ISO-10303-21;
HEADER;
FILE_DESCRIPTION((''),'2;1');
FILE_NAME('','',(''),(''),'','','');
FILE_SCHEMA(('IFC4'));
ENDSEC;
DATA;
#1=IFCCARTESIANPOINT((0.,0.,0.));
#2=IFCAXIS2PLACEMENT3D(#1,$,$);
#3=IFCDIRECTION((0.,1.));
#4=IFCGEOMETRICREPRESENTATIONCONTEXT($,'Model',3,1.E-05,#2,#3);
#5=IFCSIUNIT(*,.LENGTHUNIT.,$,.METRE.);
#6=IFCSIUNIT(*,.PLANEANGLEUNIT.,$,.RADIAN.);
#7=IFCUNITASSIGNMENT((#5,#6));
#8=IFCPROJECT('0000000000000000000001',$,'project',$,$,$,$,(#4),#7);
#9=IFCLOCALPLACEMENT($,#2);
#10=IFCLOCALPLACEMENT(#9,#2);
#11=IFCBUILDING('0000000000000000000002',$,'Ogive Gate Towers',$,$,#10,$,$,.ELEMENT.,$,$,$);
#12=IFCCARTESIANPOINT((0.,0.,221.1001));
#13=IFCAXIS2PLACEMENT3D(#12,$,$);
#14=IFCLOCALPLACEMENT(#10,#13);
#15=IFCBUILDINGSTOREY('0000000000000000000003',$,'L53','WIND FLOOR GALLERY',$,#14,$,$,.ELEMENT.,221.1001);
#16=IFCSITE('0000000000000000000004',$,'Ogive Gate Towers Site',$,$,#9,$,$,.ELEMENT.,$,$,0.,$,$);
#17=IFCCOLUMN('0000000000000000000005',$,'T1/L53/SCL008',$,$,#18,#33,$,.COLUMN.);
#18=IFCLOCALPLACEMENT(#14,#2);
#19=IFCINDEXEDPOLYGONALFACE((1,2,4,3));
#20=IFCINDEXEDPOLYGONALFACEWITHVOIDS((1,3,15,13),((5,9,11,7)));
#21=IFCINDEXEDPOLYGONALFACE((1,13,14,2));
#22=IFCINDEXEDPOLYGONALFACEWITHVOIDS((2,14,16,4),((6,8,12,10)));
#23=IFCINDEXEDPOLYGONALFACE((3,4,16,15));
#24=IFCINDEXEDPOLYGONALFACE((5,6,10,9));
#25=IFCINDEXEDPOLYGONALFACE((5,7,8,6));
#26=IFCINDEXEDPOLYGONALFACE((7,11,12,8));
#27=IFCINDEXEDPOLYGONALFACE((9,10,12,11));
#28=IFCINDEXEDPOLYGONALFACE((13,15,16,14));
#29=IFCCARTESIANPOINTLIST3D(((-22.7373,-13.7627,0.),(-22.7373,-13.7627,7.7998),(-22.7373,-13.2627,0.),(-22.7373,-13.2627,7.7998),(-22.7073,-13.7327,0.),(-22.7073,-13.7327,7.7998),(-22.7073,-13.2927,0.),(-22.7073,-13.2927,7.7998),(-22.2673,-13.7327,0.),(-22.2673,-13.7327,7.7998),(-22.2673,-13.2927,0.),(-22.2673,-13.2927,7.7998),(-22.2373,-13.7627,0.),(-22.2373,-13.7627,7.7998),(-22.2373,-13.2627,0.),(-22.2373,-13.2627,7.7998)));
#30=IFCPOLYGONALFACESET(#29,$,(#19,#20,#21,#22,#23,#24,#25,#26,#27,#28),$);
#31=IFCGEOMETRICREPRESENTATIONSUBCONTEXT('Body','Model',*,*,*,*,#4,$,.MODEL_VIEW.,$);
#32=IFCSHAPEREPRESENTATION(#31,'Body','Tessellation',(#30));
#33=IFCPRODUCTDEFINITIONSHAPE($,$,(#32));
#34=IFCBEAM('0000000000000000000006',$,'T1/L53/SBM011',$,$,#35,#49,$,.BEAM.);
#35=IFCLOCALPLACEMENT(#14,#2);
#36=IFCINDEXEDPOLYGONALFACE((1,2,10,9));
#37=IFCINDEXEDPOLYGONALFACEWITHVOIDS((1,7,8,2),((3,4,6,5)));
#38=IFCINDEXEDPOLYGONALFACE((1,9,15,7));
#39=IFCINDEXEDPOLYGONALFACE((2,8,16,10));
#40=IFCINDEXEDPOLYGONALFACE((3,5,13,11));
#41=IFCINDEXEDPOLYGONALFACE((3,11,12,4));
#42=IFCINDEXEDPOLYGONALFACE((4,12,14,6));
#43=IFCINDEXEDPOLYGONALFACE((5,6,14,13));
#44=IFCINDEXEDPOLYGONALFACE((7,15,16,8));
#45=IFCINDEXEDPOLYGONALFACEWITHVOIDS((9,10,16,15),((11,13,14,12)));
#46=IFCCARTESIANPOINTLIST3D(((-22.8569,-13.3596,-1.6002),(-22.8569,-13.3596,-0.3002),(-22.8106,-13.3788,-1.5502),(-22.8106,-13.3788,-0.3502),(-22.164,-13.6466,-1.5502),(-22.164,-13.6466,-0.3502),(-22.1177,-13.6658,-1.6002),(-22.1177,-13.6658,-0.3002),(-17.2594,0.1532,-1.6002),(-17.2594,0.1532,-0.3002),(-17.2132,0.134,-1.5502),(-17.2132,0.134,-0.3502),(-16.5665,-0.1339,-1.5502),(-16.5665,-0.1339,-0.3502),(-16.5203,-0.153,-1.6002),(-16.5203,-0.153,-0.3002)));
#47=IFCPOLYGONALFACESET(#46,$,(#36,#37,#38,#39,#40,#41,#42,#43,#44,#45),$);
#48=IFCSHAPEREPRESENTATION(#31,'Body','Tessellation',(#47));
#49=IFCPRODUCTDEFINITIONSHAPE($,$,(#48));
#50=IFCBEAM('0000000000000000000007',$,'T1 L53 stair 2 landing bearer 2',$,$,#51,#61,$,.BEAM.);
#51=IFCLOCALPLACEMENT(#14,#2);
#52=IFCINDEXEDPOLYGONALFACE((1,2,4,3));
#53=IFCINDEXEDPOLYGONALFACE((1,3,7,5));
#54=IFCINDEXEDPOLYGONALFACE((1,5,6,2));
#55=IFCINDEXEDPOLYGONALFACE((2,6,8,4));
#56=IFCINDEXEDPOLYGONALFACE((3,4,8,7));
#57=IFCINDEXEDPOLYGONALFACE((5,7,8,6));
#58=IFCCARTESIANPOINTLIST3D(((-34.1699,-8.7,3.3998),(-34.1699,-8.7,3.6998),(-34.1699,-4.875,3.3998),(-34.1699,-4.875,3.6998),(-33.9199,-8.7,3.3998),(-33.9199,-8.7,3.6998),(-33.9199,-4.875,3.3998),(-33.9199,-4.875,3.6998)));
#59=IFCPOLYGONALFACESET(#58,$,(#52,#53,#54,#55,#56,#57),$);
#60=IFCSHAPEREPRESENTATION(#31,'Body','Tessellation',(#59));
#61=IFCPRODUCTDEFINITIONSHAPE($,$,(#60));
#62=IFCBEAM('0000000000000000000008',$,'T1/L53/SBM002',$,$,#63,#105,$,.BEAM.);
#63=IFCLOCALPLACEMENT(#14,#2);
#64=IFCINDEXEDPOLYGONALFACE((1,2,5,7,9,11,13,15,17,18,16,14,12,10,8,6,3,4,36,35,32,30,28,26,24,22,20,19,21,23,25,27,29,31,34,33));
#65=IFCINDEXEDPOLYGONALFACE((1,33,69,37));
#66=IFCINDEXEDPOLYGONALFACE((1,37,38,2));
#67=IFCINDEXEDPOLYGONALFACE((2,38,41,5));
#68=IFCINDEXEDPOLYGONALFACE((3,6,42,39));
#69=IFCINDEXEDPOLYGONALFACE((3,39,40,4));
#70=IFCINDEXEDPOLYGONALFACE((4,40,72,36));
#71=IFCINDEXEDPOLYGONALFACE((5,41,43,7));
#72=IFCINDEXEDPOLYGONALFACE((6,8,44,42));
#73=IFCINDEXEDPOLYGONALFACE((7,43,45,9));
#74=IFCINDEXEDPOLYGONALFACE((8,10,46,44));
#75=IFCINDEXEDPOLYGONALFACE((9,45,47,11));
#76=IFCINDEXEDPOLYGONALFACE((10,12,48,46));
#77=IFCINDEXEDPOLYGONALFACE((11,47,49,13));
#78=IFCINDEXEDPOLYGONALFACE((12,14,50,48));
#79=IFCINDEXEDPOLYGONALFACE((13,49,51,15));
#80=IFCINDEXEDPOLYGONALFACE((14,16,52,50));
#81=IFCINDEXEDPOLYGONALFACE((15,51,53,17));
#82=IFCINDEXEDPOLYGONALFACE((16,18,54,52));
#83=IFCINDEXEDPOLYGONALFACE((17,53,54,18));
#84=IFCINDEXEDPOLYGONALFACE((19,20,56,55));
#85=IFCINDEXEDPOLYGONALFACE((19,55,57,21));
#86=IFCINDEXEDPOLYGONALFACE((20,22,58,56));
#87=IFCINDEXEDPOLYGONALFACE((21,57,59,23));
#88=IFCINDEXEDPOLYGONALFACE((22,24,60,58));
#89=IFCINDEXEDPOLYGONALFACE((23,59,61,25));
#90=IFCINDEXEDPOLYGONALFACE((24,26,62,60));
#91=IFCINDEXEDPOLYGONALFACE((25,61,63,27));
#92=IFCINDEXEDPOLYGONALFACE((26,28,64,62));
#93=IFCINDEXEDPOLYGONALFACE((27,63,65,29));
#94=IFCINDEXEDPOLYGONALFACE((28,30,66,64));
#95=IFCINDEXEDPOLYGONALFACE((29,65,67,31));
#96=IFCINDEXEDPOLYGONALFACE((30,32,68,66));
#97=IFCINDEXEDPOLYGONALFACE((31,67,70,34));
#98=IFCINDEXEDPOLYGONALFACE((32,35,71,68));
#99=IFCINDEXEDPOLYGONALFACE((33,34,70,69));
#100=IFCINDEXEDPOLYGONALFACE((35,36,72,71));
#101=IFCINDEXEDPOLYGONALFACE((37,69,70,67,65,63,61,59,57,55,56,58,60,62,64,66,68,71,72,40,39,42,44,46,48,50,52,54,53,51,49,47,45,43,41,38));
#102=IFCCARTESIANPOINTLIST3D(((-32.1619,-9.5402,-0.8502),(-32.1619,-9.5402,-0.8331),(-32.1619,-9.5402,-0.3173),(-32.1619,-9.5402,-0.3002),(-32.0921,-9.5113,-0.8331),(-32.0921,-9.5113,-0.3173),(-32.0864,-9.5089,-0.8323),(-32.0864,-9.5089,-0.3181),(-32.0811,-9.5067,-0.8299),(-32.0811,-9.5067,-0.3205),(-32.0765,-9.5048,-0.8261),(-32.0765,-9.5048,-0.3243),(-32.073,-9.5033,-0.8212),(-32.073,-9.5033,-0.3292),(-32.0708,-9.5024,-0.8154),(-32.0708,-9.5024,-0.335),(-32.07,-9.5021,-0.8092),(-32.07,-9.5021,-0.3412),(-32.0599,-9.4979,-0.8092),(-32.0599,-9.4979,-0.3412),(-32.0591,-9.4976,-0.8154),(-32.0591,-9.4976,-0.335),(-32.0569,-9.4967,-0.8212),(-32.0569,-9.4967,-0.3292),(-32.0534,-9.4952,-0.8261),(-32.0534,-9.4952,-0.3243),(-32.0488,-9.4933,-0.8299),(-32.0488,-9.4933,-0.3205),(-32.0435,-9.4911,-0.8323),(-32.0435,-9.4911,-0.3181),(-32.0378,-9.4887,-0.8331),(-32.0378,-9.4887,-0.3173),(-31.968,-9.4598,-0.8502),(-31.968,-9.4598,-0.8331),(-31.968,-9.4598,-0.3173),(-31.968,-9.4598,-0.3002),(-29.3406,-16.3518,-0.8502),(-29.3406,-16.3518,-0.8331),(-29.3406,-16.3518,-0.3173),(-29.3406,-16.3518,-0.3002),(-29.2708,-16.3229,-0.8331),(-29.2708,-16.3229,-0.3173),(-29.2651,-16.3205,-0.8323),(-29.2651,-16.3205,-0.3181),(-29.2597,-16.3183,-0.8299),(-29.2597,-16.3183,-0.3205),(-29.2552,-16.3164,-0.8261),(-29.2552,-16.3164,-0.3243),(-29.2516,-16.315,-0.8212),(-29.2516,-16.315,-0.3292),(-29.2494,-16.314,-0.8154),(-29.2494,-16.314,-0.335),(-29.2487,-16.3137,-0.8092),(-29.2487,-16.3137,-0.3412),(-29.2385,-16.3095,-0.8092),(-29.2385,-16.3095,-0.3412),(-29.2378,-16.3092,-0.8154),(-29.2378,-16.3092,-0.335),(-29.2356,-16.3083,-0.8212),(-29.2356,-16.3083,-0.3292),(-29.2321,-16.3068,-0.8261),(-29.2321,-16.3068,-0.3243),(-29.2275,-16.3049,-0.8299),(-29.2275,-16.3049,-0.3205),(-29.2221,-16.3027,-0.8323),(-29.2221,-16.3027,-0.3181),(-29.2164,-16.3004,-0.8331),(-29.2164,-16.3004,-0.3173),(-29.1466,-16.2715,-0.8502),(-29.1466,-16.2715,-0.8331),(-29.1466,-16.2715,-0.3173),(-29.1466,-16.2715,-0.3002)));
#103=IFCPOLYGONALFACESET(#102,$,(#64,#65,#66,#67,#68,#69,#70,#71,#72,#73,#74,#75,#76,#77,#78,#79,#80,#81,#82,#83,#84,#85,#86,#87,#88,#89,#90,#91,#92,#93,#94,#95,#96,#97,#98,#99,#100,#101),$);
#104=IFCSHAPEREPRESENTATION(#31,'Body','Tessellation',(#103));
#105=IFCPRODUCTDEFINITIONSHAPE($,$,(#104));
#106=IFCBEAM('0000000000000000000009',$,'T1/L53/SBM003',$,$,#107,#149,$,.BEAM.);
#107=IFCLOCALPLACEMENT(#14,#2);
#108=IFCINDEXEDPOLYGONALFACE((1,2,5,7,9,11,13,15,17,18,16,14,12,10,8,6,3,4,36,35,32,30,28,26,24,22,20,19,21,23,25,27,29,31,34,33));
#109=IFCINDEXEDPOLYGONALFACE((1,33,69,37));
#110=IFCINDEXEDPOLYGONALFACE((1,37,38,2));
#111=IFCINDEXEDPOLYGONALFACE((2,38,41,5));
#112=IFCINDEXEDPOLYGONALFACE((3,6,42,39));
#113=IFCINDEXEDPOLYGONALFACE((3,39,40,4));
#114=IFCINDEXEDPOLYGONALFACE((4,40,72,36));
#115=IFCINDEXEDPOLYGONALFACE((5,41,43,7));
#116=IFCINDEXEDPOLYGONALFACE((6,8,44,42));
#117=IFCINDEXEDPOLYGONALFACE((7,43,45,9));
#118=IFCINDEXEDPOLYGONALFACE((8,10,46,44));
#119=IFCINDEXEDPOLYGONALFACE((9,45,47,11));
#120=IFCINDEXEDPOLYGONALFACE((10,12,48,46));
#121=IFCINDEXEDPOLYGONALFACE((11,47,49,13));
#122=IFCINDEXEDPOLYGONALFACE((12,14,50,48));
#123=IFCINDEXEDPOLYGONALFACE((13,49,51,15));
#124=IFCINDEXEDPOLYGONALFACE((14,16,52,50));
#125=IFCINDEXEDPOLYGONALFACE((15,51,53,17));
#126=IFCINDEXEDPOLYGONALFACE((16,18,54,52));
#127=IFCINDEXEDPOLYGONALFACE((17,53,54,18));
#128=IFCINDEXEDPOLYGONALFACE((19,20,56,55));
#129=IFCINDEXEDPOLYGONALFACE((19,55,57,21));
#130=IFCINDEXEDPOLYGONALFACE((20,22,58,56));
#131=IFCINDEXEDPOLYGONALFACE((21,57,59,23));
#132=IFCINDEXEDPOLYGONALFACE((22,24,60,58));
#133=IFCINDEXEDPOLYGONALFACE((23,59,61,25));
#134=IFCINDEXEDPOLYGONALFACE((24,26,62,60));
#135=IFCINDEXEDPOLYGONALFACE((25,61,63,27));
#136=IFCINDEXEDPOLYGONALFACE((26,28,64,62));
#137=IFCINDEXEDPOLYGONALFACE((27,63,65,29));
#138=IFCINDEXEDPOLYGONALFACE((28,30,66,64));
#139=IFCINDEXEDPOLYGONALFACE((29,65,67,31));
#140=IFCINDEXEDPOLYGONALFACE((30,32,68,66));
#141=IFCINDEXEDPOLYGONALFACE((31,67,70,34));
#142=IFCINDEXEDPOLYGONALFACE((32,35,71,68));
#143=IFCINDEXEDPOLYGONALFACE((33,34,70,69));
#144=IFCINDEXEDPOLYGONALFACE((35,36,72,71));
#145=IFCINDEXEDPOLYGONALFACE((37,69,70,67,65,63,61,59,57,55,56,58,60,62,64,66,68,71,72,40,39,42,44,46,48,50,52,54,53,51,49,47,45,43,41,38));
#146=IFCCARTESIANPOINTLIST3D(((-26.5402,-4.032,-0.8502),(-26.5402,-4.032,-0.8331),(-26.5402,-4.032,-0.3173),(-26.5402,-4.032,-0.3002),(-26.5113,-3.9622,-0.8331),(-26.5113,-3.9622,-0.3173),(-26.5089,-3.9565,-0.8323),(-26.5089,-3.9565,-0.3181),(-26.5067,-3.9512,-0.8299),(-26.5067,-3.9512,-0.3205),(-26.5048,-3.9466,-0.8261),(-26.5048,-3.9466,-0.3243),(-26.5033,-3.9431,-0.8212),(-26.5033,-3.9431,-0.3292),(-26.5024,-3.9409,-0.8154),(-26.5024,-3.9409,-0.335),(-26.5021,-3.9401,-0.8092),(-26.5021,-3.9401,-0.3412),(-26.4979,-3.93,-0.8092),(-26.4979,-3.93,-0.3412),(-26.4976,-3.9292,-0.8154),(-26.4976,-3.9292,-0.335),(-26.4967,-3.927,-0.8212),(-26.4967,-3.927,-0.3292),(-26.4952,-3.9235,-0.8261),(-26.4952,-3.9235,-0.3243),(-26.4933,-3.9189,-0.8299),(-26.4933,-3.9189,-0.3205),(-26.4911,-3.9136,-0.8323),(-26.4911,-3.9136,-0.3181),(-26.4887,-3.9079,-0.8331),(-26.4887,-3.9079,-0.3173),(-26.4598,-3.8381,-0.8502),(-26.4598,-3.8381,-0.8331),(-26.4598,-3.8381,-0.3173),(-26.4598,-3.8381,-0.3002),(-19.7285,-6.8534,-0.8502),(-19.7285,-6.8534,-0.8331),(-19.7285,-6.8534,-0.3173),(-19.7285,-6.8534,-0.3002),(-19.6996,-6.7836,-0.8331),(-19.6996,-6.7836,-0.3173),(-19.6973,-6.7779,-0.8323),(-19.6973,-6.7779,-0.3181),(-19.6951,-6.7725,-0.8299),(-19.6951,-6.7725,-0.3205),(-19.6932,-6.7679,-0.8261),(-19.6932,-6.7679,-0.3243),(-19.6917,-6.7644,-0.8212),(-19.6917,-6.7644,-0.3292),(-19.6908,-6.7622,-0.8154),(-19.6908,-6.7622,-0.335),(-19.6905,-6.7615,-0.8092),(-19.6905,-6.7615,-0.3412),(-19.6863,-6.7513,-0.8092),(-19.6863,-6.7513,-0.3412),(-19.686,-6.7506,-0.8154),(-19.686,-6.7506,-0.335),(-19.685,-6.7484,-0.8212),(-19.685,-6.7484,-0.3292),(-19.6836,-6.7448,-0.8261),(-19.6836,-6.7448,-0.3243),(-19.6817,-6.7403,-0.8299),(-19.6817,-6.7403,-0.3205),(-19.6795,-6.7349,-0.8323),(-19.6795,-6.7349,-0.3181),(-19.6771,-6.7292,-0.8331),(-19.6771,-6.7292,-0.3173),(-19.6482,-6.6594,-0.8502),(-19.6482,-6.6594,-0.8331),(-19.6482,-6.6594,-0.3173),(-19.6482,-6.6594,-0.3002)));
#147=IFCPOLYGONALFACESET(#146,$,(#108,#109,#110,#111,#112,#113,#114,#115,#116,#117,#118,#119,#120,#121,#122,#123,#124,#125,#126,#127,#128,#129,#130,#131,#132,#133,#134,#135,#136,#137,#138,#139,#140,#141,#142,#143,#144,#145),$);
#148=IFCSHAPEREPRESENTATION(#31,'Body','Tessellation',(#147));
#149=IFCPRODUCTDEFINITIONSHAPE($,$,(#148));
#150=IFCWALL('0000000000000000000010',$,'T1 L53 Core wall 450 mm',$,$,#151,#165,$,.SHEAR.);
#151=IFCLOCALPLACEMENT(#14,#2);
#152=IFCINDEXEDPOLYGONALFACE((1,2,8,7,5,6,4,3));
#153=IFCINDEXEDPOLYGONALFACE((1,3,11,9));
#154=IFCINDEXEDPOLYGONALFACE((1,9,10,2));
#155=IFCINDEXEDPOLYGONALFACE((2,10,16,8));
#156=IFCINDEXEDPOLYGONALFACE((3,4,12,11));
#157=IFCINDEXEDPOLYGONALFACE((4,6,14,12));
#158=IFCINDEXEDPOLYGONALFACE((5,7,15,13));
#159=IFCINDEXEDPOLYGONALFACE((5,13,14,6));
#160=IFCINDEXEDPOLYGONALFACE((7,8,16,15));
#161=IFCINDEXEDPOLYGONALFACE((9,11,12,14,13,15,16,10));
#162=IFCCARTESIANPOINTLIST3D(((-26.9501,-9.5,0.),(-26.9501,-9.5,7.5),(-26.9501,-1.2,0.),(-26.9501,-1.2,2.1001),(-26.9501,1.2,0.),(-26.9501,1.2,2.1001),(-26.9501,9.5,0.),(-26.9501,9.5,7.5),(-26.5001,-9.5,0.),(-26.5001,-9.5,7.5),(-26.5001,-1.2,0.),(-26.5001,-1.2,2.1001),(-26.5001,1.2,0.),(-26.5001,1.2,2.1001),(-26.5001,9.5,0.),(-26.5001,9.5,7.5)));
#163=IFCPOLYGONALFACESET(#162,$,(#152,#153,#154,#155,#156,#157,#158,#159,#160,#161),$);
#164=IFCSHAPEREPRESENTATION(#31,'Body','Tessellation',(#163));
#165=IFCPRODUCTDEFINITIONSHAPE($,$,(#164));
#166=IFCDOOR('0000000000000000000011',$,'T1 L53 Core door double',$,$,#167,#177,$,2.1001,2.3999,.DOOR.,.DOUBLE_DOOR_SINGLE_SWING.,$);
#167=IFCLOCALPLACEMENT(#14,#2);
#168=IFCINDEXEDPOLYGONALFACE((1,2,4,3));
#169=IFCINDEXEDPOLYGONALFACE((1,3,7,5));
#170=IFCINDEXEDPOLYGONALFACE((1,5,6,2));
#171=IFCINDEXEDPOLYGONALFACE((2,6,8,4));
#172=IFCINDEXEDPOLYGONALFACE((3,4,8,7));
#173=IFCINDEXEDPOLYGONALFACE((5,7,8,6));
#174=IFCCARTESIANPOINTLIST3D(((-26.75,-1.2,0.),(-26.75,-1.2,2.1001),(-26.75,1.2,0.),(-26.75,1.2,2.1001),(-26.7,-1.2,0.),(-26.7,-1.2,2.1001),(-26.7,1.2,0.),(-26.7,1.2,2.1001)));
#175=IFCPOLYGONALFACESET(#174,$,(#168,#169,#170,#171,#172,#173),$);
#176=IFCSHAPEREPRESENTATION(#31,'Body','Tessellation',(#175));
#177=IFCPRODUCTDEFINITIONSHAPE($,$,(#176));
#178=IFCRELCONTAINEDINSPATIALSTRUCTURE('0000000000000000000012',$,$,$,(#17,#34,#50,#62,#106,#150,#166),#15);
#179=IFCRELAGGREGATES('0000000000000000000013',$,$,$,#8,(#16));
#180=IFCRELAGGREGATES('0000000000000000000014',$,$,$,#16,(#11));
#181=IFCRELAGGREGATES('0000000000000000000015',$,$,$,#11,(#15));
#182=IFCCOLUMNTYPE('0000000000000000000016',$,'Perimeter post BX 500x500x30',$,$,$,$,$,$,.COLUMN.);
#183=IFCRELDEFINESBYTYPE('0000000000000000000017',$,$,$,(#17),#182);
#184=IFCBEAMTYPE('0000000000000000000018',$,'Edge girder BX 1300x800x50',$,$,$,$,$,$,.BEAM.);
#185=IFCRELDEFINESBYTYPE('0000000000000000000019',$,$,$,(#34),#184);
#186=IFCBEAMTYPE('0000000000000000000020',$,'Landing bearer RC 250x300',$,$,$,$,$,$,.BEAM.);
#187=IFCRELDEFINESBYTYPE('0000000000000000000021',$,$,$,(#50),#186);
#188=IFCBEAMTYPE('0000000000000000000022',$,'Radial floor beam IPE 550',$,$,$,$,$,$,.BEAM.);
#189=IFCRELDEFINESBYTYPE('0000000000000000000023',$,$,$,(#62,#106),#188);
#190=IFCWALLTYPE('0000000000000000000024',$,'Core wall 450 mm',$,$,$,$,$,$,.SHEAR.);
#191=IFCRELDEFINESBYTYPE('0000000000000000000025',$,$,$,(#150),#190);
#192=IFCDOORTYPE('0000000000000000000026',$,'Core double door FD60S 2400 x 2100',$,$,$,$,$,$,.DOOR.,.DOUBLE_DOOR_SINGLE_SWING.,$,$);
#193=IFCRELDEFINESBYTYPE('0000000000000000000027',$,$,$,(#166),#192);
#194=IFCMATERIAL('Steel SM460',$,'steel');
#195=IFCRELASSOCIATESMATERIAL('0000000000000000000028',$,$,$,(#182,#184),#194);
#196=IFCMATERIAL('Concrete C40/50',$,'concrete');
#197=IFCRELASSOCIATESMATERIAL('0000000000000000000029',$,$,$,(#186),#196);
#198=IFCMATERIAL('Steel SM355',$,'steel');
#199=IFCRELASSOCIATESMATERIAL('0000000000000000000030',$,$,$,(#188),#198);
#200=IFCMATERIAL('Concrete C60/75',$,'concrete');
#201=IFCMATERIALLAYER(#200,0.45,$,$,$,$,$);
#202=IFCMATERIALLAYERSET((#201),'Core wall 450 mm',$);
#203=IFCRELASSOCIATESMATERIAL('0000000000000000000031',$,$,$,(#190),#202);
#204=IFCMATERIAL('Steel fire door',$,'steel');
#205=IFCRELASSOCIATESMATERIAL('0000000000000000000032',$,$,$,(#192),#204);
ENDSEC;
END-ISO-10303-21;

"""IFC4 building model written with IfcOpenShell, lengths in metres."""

from ifc_helpers import new_model, si_unit, direction, frame, frame_2d, origin, origin_2d, place, context, subcontext, project, spatial, rectangle, hollow_rectangle, i_section, extrude, material, layer, layer_set, material_profile, profile_set, type_object, element, fill, save


model = new_model("IFC4")

# Units and contexts
model_context = context("Model", 3, precision=1e-05, world=origin(), true_north=direction((0.0, 1.0)))
body_context = subcontext(model_context, "Body", "Model", "MODEL_VIEW")
ifc_project = project(units=[si_unit("LENGTHUNIT", "METRE"), si_unit("PLANEANGLEUNIT", "RADIAN")], contexts=[model_context])

# Site, building, storey
site_placement = place(None, origin())
site = spatial("IfcSite", under=ifc_project, at=site_placement, Name="Ogive Gate Towers Site", CompositionType="ELEMENT", RefElevation=0.0)
building_placement = place(site_placement, origin())
building = spatial("IfcBuilding", under=site, at=building_placement, Name="Ogive Gate Towers", CompositionType="ELEMENT")
storey_placement = place(building_placement, frame((0.0, 0.0, 221.1001)))
storey = spatial("IfcBuildingStorey", under=building, at=storey_placement, Name="L53", Description="WIND FLOOR GALLERY", CompositionType="ELEMENT", Elevation=221.1001)

# Column
ifc_material_1 = material(Name="Steel SM460", Category="steel")
ifc_material_profile_1 = material_profile(ifc_material_1, hollow_rectangle(XDim=0.5, YDim=0.5, WallThickness=0.03, at=origin_2d()), Name="BX 500x500x30")
ifc_profile_set_1 = profile_set([ifc_material_profile_1], Name="Steel SM460")
column_type = type_object("IfcColumnType", Name="Perimeter post BX 500x500x30", PredefinedType="COLUMN", material=ifc_profile_set_1)
column_placement = place(storey_placement, frame((-22.4873, -13.5127, 0.0), z_axis=(0.0, 0.0, 1.0), x_axis=(1.0, 0.0, 0.0)))
element("IfcColumn", 1, at=column_placement, inside=storey, type_object=column_type, Name="T1/L53/SCL008", PredefinedType="COLUMN", context=body_context, shape_type="SweptSolid", body=[
    extrude(hollow_rectangle(XDim=0.5, YDim=0.5, WallThickness=0.03, at=origin_2d()), origin(), (0.0, 0.0, 1.0), 7.7998),
])

# Beams
ifc_material_profile_2 = material_profile(ifc_material_1, hollow_rectangle(XDim=0.8, YDim=1.3, WallThickness=0.05, at=origin_2d()), Name="BX 1300x800x50")
ifc_profile_set_2 = profile_set([ifc_material_profile_2], Name="Steel SM460")
beam_type_1 = type_object("IfcBeamType", Name="Edge girder BX 1300x800x50", PredefinedType="BEAM", material=ifc_profile_set_2)
beam_1_placement = place(storey_placement, frame((-22.4873, -13.5127, -0.9502), z_axis=(0.382699, 0.923873, 0.0), x_axis=(-0.923873, 0.382699, 0.0)))
element("IfcBeam", 2, at=beam_1_placement, inside=storey, type_object=beam_type_1, Name="T1/L53/SBM011", PredefinedType="BEAM", context=body_context, shape_type="SweptSolid", body=[
    extrude(hollow_rectangle(XDim=0.8, YDim=1.3, WallThickness=0.05, at=origin_2d()), origin(), (0.0, 0.0, 1.0), 14.6262),
])
ifc_material_2 = material(Name="Concrete C40/50", Category="concrete")
ifc_material_profile_3 = material_profile(ifc_material_2, rectangle(XDim=0.25, YDim=0.3, at=origin_2d()), Name="RC 250x300")
ifc_profile_set_3 = profile_set([ifc_material_profile_3], Name="Concrete C40/50")
beam_type_2 = type_object("IfcBeamType", Name="Landing bearer RC 250x300", PredefinedType="BEAM", material=ifc_profile_set_3)
beam_2_placement = place(storey_placement, frame((-34.0449, -8.7, 3.5498), z_axis=(0.0, 1.0, 0.0), x_axis=(-1.0, 0.0, 0.0)))
element("IfcBeam", 3, at=beam_2_placement, inside=storey, type_object=beam_type_2, Name="T1 L53 stair 2 landing bearer 2", PredefinedType="BEAM", context=body_context, shape_type="SweptSolid", body=[
    extrude(rectangle(XDim=0.25, YDim=0.3, at=origin_2d()), origin(), (0.0, 0.0, 1.0), 3.825),
])
ifc_material_3 = material(Name="Steel SM355", Category="steel")
ifc_material_profile_4 = material_profile(ifc_material_3, i_section(OverallWidth=0.21, OverallDepth=0.55, WebThickness=0.011, FlangeThickness=0.0171, FilletRadius=0.0239, at=origin_2d()), Name="IPE 550")
ifc_profile_set_4 = profile_set([ifc_material_profile_4], Name="Steel SM355")
beam_type_3 = type_object("IfcBeamType", Name="Radial floor beam IPE 550", PredefinedType="BEAM", material=ifc_profile_set_4)
for number, where, z_axis, x_axis, name in (
    (4, (-32.0649, -9.5, -0.5752), (0.382668, -0.923886, 0.0), (0.923886, 0.382668, 0.0), "T1/L53/SBM002"),
    (5, (-26.5, -3.9351, -0.5752), (0.923886, -0.382668, 0.0), (0.382668, 0.923886, 0.0), "T1/L53/SBM003"),
):
    element("IfcBeam", number, at=place(storey_placement, frame(where, z_axis=z_axis, x_axis=x_axis)), inside=storey, type_object=beam_type_3, Name=name, PredefinedType="BEAM", context=body_context, shape_type="SweptSolid", body=[
        extrude(i_section(OverallWidth=0.21, OverallDepth=0.55, WebThickness=0.011, FlangeThickness=0.0171, FilletRadius=0.0239, at=origin_2d()), origin(), (0.0, 0.0, 1.0), 7.3728),
    ])

# Wall, opening, door
ifc_material_4 = material(Name="Concrete C60/75", Category="concrete")
ifc_layer_1 = layer(ifc_material_4, 0.45)
ifc_layer_set_1 = layer_set([ifc_layer_1], Name="Core wall 450 mm")
wall_type_1 = type_object("IfcWallType", Name="Core wall 450 mm", PredefinedType="SHEAR", material=ifc_layer_set_1)
wall_1_placement = place(storey_placement, frame((-26.7251, -9.5, 0.0), z_axis=(0.0, 0.0, 1.0), x_axis=(0.0, 1.0, 0.0)))
wall_1 = element("IfcWall", 6, at=wall_1_placement, inside=storey, type_object=wall_type_1, Name="T1 L53 Core wall 450 mm", PredefinedType="SHEAR", context=body_context, shape_type="SweptSolid", body=[
    extrude(rectangle(XDim=19.0, YDim=0.45, at=frame_2d((9.5, 0.0))), origin(), (0.0, 0.0, 1.0), 7.5),
])
opening_1_placement = place(wall_1_placement, frame((8.3, 0.0, 0.0)))
opening_1 = element("IfcOpeningElement", 7, at=opening_1_placement, cuts=wall_1, PredefinedType="OPENING", context=body_context, shape_type="SweptSolid", body=[
    extrude(rectangle(XDim=2.3999, YDim=2.1001, at=frame_2d((1.2, 1.05))), frame((0.0, 0.2349, 0.0), z_axis=(0.0, -1.0, 0.0), x_axis=(1.0, 0.0, 0.0)), (0.0, 0.0, 1.0), 0.47),
])
ifc_material_5 = material(Name="Steel fire door", Category="steel")
door_type_1 = type_object("IfcDoorType", Name="Core double door FD60S 2400 x 2100", OperationType="DOUBLE_DOOR_SINGLE_SWING", PredefinedType="DOOR", material=ifc_material_5)
door_1_placement = place(opening_1_placement, origin())
door_1 = element("IfcDoor", 8, at=door_1_placement, inside=storey, type_object=door_type_1, Name="T1 L53 Core door double", OperationType="DOUBLE_DOOR_SINGLE_SWING", OverallHeight=2.1001, OverallWidth=2.3999, PredefinedType="DOOR", context=body_context, shape_type="SweptSolid", body=[
    extrude(rectangle(XDim=2.3999, YDim=2.1001, at=frame_2d((1.2, 1.05))), frame((0.0, 0.0249, 0.0), z_axis=(0.0, -1.0, 0.0), x_axis=(1.0, 0.0, 0.0)), (0.0, 0.0, 1.0), 0.05),
])
fill(opening_1, door_1)

save(model, "model.ifc")
